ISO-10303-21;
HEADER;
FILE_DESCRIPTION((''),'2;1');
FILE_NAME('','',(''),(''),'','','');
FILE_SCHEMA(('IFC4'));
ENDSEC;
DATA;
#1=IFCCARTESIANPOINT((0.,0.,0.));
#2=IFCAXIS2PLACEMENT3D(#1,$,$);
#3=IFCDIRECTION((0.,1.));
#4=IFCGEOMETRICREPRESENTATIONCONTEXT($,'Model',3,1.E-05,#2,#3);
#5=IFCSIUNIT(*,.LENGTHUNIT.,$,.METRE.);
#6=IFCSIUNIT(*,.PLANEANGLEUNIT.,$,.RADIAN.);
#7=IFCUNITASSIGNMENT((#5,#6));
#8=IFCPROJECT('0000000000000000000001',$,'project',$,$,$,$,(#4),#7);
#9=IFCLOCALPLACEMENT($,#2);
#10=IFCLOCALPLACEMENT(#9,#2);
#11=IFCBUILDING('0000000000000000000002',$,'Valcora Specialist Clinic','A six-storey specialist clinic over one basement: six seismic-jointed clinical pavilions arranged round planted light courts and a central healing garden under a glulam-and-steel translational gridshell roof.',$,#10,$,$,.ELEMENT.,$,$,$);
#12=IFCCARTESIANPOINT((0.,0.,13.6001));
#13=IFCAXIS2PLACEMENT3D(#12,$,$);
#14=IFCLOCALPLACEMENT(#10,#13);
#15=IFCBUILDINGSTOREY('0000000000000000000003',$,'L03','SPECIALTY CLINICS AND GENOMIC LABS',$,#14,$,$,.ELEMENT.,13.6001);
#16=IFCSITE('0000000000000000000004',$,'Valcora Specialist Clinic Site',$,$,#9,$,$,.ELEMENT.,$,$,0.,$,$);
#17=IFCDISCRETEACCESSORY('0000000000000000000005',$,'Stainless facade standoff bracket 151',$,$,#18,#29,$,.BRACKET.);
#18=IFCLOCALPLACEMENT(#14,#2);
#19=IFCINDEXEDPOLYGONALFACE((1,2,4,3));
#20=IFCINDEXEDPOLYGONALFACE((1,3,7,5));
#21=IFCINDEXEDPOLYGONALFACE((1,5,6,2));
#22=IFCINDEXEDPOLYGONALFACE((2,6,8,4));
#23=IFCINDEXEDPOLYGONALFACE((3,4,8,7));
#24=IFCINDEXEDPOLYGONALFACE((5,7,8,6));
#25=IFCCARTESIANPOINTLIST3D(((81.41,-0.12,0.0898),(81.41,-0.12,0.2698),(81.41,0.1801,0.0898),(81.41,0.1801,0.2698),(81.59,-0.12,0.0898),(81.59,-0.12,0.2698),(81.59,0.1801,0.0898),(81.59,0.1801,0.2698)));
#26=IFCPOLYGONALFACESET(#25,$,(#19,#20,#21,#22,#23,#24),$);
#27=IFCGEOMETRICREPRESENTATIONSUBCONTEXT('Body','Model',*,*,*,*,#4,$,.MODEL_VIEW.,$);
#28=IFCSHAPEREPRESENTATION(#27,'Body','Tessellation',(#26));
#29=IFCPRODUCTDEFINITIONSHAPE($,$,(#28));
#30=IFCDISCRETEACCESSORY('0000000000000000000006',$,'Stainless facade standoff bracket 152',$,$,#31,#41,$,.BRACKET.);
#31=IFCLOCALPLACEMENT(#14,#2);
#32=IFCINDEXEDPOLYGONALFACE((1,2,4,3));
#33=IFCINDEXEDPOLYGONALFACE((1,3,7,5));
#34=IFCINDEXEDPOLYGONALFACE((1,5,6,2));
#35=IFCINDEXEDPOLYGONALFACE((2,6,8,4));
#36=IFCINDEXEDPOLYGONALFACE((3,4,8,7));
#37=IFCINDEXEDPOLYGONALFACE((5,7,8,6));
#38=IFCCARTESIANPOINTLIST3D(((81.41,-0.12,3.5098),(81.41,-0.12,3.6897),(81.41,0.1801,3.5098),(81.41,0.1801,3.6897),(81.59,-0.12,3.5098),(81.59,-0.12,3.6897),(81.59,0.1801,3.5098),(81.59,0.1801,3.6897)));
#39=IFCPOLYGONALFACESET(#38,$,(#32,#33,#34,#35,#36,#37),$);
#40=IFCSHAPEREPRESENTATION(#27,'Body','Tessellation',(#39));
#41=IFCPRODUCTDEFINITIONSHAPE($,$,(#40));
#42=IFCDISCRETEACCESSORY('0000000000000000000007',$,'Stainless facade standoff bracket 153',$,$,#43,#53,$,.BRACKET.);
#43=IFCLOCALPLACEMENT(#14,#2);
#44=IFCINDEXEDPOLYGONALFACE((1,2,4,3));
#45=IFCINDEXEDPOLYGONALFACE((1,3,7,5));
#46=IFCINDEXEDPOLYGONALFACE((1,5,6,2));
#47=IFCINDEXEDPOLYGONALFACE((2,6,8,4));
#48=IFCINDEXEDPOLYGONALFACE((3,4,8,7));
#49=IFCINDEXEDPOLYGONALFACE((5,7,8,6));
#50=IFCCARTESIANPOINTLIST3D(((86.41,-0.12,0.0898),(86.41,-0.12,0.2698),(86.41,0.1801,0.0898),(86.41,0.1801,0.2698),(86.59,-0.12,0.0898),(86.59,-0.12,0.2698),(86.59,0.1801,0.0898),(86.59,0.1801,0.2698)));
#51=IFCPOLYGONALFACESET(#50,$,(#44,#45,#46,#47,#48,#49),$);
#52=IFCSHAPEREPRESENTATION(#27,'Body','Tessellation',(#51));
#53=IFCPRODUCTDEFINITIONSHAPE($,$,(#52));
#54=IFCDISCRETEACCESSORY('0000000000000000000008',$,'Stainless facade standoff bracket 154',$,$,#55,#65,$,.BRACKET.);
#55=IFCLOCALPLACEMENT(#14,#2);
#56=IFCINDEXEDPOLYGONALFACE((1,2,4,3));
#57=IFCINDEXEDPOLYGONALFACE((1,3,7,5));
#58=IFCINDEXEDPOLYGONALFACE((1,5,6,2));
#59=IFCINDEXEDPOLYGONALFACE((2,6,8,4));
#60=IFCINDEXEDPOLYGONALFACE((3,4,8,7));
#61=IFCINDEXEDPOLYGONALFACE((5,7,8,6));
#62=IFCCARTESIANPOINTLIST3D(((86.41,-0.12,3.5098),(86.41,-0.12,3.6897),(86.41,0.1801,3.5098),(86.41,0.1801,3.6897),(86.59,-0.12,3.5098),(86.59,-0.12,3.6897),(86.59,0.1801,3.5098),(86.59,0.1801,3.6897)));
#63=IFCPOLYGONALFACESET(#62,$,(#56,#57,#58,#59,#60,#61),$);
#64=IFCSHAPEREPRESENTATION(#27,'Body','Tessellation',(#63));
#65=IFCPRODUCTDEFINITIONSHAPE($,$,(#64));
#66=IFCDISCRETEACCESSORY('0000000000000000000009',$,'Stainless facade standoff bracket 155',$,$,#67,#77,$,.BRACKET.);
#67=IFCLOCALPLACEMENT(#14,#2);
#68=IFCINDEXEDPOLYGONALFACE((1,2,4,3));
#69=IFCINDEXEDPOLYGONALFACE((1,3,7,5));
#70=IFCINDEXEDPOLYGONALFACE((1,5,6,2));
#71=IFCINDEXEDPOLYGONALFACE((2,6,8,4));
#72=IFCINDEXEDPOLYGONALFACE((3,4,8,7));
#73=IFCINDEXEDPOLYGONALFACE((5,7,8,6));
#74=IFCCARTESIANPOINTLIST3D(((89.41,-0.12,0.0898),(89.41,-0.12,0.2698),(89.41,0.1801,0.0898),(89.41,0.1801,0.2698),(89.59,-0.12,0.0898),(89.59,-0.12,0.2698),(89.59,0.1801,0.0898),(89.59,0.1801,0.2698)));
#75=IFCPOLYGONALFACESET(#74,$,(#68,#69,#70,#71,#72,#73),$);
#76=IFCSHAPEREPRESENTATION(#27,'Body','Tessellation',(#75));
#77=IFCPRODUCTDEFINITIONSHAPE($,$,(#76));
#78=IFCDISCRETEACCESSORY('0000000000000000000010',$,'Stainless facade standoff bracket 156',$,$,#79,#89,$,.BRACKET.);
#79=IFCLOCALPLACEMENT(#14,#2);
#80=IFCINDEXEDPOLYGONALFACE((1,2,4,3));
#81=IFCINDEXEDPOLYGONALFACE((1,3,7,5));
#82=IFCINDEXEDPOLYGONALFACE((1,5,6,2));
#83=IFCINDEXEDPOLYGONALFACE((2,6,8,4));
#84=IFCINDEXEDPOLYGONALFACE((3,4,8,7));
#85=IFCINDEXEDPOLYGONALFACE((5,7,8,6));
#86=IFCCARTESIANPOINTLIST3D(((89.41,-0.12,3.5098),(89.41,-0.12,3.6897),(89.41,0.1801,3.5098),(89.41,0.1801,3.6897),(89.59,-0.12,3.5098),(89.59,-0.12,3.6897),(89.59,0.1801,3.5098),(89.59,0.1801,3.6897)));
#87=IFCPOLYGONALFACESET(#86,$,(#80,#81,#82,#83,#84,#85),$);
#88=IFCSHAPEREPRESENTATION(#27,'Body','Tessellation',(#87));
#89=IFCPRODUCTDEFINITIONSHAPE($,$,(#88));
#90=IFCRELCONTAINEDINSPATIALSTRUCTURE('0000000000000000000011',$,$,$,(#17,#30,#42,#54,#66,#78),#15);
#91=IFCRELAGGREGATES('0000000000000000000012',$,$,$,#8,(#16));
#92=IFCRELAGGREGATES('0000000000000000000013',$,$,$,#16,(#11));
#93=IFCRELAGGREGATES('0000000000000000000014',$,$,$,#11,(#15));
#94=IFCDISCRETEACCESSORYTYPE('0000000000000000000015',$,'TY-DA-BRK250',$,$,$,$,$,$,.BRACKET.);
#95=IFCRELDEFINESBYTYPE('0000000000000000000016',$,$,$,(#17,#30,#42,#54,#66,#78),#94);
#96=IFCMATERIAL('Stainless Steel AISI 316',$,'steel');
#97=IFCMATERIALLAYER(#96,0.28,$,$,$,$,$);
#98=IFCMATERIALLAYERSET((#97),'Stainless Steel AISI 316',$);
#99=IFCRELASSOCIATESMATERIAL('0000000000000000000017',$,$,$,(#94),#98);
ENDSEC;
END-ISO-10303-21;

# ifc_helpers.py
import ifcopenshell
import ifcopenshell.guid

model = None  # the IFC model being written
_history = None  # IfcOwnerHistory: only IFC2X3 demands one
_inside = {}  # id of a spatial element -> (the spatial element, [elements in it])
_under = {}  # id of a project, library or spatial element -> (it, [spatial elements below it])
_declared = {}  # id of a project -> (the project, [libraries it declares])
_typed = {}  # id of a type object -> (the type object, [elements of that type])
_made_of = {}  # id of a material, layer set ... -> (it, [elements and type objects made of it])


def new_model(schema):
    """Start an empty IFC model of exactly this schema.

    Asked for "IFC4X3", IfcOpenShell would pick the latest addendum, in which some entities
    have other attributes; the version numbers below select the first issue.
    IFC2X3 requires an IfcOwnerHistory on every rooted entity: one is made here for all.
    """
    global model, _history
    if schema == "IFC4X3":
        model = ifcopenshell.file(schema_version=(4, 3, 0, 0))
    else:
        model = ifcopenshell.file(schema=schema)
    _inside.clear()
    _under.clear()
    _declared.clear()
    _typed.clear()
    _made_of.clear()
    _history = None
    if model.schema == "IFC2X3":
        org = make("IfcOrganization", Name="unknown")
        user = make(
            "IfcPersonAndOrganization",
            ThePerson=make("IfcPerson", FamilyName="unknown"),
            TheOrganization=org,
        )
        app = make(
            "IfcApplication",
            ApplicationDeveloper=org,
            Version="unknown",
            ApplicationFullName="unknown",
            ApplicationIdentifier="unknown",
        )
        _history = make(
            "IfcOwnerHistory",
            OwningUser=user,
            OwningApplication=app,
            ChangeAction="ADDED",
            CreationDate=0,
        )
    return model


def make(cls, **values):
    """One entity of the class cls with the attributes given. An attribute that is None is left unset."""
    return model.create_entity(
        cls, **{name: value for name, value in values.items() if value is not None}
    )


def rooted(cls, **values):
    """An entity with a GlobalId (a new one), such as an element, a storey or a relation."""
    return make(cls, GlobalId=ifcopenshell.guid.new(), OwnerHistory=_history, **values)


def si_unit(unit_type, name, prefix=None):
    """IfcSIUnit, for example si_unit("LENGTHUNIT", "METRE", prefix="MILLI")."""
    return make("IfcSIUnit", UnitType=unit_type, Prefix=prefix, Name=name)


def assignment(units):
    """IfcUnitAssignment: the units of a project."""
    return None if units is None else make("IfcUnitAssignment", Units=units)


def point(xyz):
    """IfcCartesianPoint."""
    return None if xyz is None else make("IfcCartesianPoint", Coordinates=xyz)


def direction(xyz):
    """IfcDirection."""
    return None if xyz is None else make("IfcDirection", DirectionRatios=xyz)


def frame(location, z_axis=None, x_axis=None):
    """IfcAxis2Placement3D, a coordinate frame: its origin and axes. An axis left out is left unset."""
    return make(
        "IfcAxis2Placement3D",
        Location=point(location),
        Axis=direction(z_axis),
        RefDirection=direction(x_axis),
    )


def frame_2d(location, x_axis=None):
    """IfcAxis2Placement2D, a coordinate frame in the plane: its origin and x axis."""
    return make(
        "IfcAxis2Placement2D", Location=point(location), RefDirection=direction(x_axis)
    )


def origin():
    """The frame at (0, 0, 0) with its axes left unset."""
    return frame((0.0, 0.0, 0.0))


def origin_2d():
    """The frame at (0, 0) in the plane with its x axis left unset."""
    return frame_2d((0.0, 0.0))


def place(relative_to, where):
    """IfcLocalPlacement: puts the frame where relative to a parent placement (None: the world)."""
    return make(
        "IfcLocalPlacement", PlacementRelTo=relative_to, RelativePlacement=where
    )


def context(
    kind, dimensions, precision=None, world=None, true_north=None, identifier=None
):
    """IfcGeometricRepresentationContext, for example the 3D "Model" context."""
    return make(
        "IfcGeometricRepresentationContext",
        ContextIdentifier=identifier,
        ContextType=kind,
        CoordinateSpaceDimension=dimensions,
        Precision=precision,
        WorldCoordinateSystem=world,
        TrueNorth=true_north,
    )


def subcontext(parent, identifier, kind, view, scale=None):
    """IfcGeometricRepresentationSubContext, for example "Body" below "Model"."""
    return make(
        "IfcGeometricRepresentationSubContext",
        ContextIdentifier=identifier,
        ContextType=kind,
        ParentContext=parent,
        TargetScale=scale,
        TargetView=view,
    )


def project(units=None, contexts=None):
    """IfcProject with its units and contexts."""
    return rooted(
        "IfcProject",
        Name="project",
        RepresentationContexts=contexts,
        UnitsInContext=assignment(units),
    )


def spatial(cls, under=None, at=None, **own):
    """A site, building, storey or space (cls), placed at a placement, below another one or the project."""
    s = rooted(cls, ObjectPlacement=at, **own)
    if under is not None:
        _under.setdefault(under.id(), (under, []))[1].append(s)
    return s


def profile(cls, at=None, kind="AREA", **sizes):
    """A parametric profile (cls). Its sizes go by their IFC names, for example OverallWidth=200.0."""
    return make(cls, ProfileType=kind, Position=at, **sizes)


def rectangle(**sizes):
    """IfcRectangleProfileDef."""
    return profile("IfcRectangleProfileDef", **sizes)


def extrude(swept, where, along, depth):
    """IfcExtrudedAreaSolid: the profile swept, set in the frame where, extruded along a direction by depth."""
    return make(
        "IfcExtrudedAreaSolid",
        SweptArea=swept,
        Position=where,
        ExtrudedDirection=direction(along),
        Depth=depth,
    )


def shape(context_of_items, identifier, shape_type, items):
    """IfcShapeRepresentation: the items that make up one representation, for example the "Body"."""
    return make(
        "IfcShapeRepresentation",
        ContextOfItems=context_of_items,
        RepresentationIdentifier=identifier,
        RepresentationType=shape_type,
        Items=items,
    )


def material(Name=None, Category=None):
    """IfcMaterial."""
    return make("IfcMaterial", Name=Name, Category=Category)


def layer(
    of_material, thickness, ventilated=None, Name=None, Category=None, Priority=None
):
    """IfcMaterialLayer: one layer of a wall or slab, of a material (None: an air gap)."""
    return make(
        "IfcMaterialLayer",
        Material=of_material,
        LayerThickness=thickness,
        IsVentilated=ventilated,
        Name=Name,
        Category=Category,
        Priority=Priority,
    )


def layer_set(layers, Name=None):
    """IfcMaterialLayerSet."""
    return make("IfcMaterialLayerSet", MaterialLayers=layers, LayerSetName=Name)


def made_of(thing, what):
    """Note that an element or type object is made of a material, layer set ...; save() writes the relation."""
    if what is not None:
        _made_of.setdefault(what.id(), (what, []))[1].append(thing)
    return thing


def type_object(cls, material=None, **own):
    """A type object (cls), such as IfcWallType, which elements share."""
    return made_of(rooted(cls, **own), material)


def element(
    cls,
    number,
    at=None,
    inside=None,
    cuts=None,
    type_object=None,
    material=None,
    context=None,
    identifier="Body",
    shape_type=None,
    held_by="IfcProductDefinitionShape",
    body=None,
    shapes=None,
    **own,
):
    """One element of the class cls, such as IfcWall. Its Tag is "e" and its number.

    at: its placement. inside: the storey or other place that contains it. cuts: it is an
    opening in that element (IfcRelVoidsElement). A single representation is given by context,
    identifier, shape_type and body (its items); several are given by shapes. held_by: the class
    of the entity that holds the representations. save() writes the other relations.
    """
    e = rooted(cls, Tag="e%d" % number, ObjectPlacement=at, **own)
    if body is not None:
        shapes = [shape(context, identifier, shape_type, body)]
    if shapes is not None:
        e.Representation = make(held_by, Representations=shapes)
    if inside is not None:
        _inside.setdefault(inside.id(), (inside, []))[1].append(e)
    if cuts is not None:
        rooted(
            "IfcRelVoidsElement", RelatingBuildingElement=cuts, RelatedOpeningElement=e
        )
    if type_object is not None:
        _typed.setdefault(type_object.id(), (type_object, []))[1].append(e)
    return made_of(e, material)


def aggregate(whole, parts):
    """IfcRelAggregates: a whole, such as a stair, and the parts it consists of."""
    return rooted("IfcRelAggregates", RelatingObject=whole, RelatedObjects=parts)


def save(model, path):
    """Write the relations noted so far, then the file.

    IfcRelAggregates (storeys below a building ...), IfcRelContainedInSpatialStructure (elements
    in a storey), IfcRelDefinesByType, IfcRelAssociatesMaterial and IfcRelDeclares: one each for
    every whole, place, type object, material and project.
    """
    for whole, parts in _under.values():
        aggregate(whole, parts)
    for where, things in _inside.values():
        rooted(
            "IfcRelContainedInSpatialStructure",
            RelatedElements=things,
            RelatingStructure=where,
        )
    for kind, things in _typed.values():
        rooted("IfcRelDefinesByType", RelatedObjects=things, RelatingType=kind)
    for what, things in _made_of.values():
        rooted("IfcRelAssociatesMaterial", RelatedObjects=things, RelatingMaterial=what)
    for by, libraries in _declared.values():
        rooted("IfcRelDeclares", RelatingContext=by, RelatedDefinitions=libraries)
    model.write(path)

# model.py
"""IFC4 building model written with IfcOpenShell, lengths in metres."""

from ifc_helpers import new_model, si_unit, direction, frame, origin, origin_2d, place, context, subcontext, project, spatial, rectangle, extrude, material, layer, layer_set, type_object, element, save


model = new_model("IFC4")

# Units and contexts
model_context = context("Model", 3, precision=1e-05, world=origin(), true_north=direction((0.0, 1.0)))
body_context = subcontext(model_context, "Body", "Model", "MODEL_VIEW")
ifc_project = project(units=[si_unit("LENGTHUNIT", "METRE"), si_unit("PLANEANGLEUNIT", "RADIAN")], contexts=[model_context])

# Site, building, storey
site_placement = place(None, origin())
site = spatial("IfcSite", under=ifc_project, at=site_placement, Name="Valcora Specialist Clinic Site", CompositionType="ELEMENT", RefElevation=0.0)
building_placement = place(site_placement, origin())
building = spatial("IfcBuilding", under=site, at=building_placement, Name="Valcora Specialist Clinic", Description="A six-storey specialist clinic over one basement: six seismic-jointed clinical pavilions arranged round planted light courts and a central healing garden under a glulam-and-steel translational gridshell roof.", CompositionType="ELEMENT")
storey_placement = place(building_placement, frame((0.0, 0.0, 13.6001)))
storey = spatial("IfcBuildingStorey", under=building, at=storey_placement, Name="L03", Description="SPECIALTY CLINICS AND GENOMIC LABS", CompositionType="ELEMENT", Elevation=13.6001)

# Discrete accessories
ifc_material_1 = material(Name="Stainless Steel AISI 316", Category="steel")
ifc_layer_1 = layer(ifc_material_1, 0.28)
ifc_layer_set_1 = layer_set([ifc_layer_1], Name="Stainless Steel AISI 316")
discrete_accessory_type = type_object("IfcDiscreteAccessoryType", Name="TY-DA-BRK250", PredefinedType="BRACKET", material=ifc_layer_set_1)
for number, where, z_axis, x_axis, name in (
    (1, (81.5, 0.03, 0.0898), (0.0, 0.0, 1.0), (1.0, 0.0, 0.0), "Stainless facade standoff bracket 151"),
    (2, (81.5, 0.03, 3.5098), (0.0, 0.0, 1.0), (1.0, 0.0, 0.0), "Stainless facade standoff bracket 152"),
    (3, (86.5, 0.03, 0.0898), (0.0, 0.0, 1.0), (1.0, 0.0, 0.0), "Stainless facade standoff bracket 153"),
    (4, (86.5, 0.03, 3.5098), (0.0, 0.0, 1.0), (1.0, 0.0, 0.0), "Stainless facade standoff bracket 154"),
    (5, (89.5, 0.03, 0.0898), (0.0, 0.0, 1.0), (1.0, 0.0, 0.0), "Stainless facade standoff bracket 155"),
    (6, (89.5, 0.03, 3.5098), (0.0, 0.0, 1.0), (1.0, 0.0, 0.0), "Stainless facade standoff bracket 156"),
):
    element("IfcDiscreteAccessory", number, at=place(storey_placement, frame(where, z_axis=z_axis, x_axis=x_axis)), inside=storey, type_object=discrete_accessory_type, Name=name, PredefinedType="BRACKET", context=body_context, shape_type="SweptSolid", body=[
        extrude(rectangle(XDim=0.1799, YDim=0.3, at=origin_2d()), origin(), (0.0, 0.0, 1.0), 0.1799),
    ])

save(model, "model.ifc")
